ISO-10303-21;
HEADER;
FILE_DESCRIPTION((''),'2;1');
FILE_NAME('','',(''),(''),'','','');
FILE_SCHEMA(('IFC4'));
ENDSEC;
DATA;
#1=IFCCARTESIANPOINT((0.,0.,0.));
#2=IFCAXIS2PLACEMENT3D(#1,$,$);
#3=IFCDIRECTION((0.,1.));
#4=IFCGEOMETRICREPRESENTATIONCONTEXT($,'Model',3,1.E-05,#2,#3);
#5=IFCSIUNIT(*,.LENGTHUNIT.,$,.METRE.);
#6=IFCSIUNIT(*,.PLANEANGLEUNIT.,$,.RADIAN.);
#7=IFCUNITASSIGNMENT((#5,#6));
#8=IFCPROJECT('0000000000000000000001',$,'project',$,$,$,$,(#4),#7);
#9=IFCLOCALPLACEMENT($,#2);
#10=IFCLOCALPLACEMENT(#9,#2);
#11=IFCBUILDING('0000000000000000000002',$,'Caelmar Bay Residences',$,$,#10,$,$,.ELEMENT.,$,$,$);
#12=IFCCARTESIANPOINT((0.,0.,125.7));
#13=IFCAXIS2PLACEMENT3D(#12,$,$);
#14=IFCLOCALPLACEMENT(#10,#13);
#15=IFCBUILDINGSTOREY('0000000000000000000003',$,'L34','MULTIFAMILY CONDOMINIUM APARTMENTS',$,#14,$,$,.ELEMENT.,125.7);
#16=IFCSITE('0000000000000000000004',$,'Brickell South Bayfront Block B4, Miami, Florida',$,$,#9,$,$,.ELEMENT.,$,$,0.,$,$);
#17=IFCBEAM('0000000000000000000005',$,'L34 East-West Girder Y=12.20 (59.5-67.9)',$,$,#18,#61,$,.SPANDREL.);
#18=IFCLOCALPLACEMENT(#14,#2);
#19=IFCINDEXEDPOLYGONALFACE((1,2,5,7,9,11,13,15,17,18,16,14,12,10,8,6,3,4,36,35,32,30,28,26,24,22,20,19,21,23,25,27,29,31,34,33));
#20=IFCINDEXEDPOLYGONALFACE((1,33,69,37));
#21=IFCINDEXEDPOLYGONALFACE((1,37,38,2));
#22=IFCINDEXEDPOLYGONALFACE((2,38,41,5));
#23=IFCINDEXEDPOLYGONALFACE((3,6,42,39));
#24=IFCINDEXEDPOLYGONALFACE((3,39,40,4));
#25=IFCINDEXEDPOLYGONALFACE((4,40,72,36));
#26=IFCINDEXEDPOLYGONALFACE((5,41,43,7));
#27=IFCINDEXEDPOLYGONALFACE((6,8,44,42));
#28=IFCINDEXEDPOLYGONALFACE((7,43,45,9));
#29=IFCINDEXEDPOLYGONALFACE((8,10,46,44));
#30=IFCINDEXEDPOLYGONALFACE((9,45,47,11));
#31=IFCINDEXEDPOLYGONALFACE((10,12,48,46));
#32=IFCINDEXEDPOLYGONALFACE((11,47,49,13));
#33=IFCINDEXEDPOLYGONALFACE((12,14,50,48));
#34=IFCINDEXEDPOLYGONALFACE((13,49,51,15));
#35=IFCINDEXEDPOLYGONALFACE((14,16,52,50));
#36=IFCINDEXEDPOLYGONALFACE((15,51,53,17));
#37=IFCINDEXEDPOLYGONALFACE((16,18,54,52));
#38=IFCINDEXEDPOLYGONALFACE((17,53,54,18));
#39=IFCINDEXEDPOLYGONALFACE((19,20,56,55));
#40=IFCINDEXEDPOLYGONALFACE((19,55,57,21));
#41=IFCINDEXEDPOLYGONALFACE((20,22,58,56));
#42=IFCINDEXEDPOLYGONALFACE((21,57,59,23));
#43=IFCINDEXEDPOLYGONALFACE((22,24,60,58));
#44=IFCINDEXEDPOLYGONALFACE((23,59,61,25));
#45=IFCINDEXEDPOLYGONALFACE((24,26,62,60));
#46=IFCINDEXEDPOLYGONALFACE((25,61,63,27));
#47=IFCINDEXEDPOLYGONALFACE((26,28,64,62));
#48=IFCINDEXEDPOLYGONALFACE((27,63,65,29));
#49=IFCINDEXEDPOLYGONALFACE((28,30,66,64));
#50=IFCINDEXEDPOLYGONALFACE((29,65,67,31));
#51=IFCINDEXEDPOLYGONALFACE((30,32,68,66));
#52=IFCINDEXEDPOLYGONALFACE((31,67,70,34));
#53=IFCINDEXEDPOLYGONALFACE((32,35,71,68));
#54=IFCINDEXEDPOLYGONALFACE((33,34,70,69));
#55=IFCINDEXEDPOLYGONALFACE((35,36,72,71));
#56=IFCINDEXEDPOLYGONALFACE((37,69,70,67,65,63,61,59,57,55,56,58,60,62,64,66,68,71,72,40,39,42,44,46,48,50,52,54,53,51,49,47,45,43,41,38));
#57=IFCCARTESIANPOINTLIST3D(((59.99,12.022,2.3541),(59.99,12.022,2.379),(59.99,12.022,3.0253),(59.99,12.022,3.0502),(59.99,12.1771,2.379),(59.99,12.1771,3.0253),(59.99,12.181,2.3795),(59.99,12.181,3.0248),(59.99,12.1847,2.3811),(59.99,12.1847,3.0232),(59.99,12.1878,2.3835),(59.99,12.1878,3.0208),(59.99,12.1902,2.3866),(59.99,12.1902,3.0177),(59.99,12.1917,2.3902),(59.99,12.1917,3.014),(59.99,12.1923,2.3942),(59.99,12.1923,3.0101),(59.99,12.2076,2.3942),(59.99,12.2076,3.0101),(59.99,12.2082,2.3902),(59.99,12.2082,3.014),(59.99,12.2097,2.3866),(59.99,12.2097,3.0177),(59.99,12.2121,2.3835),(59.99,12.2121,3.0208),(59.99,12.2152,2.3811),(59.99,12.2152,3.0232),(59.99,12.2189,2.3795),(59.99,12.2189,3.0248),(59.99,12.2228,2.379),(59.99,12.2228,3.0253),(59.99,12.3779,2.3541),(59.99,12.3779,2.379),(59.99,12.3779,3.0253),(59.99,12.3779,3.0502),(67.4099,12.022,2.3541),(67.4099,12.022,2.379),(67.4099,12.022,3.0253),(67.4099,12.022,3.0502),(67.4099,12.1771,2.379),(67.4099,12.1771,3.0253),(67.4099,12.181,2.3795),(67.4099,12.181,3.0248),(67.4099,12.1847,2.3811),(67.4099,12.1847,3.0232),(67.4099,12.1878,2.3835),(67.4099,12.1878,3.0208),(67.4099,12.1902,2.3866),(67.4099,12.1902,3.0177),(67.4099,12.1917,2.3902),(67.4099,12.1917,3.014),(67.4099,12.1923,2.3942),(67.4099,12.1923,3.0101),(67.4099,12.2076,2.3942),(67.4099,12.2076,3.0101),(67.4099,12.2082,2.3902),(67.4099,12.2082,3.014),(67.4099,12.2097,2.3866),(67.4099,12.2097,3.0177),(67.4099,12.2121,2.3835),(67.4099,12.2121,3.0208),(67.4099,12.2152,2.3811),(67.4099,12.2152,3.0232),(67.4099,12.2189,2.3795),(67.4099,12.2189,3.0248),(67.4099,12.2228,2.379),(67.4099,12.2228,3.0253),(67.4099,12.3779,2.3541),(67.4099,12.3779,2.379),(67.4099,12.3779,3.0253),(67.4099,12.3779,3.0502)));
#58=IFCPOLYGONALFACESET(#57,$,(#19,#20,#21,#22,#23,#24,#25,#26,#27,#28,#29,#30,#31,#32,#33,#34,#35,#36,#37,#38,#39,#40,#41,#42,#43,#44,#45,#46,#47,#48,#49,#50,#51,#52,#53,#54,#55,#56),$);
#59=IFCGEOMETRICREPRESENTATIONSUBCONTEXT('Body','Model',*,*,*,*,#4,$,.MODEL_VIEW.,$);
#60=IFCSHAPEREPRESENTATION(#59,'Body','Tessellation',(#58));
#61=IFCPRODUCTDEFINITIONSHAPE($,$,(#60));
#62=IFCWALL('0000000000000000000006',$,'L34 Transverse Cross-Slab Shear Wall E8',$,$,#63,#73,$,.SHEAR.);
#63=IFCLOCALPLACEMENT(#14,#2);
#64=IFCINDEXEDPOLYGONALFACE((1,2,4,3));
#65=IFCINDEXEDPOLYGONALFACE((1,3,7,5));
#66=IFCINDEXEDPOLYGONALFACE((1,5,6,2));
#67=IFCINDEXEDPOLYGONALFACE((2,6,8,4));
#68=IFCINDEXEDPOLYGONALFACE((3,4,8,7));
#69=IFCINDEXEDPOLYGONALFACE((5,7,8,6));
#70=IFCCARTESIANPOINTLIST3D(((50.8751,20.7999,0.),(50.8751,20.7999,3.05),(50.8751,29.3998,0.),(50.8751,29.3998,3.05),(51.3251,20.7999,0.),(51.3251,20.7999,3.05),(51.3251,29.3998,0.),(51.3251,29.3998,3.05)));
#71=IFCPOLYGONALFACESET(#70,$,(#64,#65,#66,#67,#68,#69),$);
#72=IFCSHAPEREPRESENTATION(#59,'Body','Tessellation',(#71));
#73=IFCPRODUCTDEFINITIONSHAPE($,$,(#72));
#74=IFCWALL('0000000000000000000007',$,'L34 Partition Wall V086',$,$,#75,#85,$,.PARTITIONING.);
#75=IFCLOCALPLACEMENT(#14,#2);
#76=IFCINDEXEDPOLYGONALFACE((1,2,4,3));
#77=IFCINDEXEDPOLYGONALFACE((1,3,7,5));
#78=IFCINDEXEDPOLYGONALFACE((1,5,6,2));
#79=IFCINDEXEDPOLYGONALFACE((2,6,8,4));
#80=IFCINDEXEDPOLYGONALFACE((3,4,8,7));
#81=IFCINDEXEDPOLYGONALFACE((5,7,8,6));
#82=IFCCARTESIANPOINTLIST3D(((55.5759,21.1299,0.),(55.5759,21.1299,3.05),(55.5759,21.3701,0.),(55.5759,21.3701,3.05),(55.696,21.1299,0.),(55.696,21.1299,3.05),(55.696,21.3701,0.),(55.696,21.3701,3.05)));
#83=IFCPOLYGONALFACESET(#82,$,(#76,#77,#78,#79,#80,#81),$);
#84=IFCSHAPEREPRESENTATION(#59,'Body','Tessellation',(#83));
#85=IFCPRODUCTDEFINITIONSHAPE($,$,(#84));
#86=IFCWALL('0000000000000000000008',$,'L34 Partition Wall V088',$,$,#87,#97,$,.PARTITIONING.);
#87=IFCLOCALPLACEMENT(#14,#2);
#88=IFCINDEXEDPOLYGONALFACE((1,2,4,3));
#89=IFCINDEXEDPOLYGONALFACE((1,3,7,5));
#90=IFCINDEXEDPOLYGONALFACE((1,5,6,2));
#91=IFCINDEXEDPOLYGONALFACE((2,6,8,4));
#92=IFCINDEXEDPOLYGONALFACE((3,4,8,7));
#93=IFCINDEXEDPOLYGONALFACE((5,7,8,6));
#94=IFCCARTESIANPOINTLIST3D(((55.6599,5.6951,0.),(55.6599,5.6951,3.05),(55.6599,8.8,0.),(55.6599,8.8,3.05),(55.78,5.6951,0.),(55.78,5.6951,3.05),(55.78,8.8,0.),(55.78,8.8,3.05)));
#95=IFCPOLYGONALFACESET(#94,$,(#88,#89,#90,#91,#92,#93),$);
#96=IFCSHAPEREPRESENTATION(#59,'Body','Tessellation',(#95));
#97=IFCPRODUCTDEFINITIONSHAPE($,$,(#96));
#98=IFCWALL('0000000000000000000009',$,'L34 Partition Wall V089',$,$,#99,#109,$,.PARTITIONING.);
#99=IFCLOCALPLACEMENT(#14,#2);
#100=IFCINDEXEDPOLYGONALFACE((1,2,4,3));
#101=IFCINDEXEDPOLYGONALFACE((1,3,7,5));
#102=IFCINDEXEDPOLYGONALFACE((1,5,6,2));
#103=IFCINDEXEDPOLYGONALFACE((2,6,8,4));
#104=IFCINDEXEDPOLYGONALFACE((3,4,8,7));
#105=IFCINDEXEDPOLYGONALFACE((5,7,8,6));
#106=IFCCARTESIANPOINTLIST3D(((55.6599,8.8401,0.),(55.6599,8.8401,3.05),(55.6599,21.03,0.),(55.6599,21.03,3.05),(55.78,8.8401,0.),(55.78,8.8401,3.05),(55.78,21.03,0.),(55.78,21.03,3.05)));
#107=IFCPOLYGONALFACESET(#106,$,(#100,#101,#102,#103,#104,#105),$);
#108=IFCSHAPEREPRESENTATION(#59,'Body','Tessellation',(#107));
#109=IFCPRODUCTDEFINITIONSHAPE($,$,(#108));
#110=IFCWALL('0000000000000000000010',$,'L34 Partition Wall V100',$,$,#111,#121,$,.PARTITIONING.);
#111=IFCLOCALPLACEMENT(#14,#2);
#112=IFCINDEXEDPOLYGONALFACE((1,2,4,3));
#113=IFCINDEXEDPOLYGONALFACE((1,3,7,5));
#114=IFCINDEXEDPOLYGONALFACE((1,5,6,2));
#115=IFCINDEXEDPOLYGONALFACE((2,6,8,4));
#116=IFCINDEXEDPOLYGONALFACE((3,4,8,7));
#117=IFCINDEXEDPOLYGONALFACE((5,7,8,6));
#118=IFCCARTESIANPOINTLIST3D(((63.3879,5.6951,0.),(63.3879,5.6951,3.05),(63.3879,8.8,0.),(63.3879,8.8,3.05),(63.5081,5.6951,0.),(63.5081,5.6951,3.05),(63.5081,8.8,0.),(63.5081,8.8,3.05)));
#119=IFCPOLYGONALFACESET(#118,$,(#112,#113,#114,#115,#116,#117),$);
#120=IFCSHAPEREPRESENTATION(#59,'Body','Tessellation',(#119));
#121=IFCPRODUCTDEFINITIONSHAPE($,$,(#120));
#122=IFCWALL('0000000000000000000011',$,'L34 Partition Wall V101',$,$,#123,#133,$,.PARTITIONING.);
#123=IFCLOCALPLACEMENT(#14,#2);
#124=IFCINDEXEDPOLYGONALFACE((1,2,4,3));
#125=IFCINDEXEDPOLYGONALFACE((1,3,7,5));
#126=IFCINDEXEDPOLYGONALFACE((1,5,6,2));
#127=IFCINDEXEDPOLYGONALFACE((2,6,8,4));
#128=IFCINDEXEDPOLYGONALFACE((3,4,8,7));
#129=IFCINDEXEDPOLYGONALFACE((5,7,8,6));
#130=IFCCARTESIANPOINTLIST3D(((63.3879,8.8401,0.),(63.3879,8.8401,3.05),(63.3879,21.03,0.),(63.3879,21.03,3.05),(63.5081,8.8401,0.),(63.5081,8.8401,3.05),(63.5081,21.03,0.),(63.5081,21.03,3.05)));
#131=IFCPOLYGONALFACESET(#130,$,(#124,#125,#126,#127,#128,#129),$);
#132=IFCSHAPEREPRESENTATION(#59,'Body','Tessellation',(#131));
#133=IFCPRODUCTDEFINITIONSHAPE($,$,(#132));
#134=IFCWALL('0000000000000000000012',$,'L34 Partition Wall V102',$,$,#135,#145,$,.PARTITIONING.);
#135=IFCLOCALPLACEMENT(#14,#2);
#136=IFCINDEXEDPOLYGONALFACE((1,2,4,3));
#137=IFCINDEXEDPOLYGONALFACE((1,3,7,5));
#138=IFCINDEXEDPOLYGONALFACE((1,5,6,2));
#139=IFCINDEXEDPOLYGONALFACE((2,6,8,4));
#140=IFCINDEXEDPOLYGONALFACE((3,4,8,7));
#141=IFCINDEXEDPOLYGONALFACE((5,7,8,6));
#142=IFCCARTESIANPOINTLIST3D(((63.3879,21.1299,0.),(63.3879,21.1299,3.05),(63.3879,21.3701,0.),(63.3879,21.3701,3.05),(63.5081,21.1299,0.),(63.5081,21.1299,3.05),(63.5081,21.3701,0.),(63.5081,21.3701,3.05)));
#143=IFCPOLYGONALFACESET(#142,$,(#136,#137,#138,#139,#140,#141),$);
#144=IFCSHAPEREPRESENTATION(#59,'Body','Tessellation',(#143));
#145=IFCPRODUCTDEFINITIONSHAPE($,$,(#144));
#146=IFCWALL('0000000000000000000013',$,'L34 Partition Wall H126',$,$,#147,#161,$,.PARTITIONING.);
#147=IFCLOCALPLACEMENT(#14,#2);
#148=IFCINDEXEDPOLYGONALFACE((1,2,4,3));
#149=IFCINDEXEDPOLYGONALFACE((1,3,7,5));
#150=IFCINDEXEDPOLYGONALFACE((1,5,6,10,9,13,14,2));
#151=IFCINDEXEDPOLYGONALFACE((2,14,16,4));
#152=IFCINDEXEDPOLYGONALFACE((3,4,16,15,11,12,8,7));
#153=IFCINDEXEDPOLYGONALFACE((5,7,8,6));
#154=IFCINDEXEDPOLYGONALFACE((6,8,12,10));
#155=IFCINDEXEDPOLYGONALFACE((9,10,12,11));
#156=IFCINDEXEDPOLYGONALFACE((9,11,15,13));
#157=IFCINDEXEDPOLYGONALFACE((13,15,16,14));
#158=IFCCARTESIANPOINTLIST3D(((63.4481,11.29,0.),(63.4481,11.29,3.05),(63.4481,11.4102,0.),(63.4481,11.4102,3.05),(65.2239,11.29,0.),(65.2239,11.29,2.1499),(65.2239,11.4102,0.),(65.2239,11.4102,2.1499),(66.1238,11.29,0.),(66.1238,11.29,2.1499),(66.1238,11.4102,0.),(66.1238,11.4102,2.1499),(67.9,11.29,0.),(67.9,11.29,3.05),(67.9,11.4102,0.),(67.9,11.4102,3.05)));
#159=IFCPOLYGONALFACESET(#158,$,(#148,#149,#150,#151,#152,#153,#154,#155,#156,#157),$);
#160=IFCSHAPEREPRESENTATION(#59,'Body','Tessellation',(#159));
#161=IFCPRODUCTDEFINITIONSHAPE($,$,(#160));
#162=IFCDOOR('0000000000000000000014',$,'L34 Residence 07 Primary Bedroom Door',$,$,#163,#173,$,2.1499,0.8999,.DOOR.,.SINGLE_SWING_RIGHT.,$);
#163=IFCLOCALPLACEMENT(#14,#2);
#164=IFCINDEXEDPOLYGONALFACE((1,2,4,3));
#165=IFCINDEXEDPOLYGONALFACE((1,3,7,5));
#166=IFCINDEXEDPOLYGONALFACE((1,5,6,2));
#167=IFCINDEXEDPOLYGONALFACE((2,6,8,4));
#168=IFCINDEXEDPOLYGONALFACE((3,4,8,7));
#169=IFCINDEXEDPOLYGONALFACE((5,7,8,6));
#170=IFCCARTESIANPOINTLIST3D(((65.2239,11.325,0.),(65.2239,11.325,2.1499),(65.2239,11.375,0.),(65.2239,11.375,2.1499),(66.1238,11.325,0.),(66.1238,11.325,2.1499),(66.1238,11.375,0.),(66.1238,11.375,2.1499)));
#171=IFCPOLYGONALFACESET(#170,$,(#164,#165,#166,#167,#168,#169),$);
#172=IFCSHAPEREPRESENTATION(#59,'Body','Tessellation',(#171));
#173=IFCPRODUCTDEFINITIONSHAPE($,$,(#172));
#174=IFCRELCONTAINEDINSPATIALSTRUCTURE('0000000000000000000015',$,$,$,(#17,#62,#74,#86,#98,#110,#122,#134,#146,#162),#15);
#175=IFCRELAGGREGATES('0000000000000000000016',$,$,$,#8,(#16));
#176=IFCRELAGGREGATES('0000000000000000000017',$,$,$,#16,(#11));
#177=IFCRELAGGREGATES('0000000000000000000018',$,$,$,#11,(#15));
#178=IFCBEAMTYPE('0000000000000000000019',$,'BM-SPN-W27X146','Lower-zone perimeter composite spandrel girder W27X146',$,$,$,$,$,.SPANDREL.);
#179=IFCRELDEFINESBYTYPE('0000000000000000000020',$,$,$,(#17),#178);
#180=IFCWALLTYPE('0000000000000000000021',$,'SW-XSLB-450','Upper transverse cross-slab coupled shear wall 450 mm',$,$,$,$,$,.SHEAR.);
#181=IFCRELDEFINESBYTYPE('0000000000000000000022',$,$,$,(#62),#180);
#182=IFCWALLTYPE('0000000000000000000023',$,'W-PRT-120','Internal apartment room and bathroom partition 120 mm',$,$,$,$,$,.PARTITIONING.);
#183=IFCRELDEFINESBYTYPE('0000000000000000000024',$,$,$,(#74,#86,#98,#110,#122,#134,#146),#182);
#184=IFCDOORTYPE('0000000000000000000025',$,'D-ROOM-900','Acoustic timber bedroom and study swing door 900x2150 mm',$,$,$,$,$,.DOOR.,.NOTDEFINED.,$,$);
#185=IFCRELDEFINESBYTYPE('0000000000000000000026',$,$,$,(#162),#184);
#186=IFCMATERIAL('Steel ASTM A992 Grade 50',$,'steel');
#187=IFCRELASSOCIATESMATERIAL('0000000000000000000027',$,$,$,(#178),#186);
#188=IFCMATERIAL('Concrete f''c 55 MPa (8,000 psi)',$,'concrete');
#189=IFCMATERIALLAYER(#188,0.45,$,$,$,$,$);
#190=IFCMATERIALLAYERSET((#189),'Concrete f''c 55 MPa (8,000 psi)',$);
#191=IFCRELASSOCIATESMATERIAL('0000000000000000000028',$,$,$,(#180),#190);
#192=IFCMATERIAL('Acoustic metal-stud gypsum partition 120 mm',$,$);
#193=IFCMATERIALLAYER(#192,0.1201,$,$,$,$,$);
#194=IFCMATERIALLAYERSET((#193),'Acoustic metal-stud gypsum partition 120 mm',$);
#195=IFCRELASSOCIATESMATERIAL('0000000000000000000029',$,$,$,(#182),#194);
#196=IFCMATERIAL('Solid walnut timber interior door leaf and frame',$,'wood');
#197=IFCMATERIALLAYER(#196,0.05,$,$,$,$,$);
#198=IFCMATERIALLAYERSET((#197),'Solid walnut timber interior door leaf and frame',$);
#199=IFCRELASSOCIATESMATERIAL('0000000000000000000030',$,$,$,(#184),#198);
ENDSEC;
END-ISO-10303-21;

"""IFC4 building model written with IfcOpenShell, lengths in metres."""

from ifc_helpers import new_model, si_unit, direction, frame, frame_2d, origin, origin_2d, place, context, subcontext, project, spatial, rectangle, i_section, extrude, material, layer, layer_set, material_profile, profile_set, type_object, element, fill, save


model = new_model("IFC4")

# Units and contexts
model_context = context("Model", 3, precision=1e-05, world=origin(), true_north=direction((0.0, 1.0)))
body_context = subcontext(model_context, "Body", "Model", "MODEL_VIEW")
ifc_project = project(units=[si_unit("LENGTHUNIT", "METRE"), si_unit("PLANEANGLEUNIT", "RADIAN")], contexts=[model_context])

# Site, building, storey
site_placement = place(None, origin())
site = spatial("IfcSite", under=ifc_project, at=site_placement, Name="Brickell South Bayfront Block B4, Miami, Florida", CompositionType="ELEMENT", RefElevation=0.0)
building_placement = place(site_placement, origin())
building = spatial("IfcBuilding", under=site, at=building_placement, Name="Caelmar Bay Residences", CompositionType="ELEMENT")
storey_placement = place(building_placement, frame((0.0, 0.0, 125.7)))
storey = spatial("IfcBuildingStorey", under=building, at=storey_placement, Name="L34", Description="MULTIFAMILY CONDOMINIUM APARTMENTS", CompositionType="ELEMENT", Elevation=125.7)

# Beam
ifc_material_1 = material(Name="Steel ASTM A992 Grade 50", Category="steel")
ifc_material_profile_1 = material_profile(ifc_material_1, i_section(OverallWidth=0.356, OverallDepth=0.696, WebThickness=0.0154, FlangeThickness=0.0249, FilletRadius=0.0151, at=origin_2d()), Name="W27X146")
ifc_profile_set_1 = profile_set([ifc_material_profile_1], Name="Steel ASTM A992 Grade 50")
beam_type_1 = type_object("IfcBeamType", Name="BM-SPN-W27X146", Description="Lower-zone perimeter composite spandrel girder W27X146", PredefinedType="SPANDREL", material=ifc_profile_set_1)
for number, where, z_axis, x_axis, name in (
    (1, (59.99, 12.2, 2.7021), (1.0, 0.0, 0.0), (0.0, 1.0, 0.0), "L34 East-West Girder Y=12.20 (59.5-67.9)"),
):
    element("IfcBeam", number, at=place(storey_placement, frame(where, z_axis=z_axis, x_axis=x_axis)), inside=storey, type_object=beam_type_1, Name=name, PredefinedType="SPANDREL", context=body_context, shape_type="SweptSolid", body=[
        extrude(i_section(OverallWidth=0.356, OverallDepth=0.696, WebThickness=0.0154, FlangeThickness=0.0249, FilletRadius=0.0151, at=origin_2d()), origin(), (0.0, 0.0, 1.0), 7.4199),
    ])

# Walls
ifc_material_2 = material(Name="Concrete f'c 55 MPa (8,000 psi)", Category="concrete")
ifc_layer_1 = layer(ifc_material_2, 0.45)
ifc_layer_set_1 = layer_set([ifc_layer_1], Name="Concrete f'c 55 MPa (8,000 psi)")
wall_type_1 = type_object("IfcWallType", Name="SW-XSLB-450", Description="Upper transverse cross-slab coupled shear wall 450 mm", PredefinedType="SHEAR", material=ifc_layer_set_1)
wall_1_placement = place(storey_placement, frame((51.1001, 20.8, 0.0), z_axis=(0.0, 0.0, 1.0), x_axis=(0.0, 1.0, 0.0)))
element("IfcWall", 2, at=wall_1_placement, inside=storey, type_object=wall_type_1, Name="L34 Transverse Cross-Slab Shear Wall E8", PredefinedType="SHEAR", context=body_context, shape_type="SweptSolid", body=[
    extrude(rectangle(XDim=8.5999, YDim=0.45, at=frame_2d((4.2998, 0.0))), origin(), (0.0, 0.0, 1.0), 3.05),
])
ifc_material_3 = material(Name="Acoustic metal-stud gypsum partition 120 mm")
ifc_layer_2 = layer(ifc_material_3, 0.1201)
ifc_layer_set_2 = layer_set([ifc_layer_2], Name="Acoustic metal-stud gypsum partition 120 mm")
wall_type_2 = type_object("IfcWallType", Name="W-PRT-120", Description="Internal apartment room and bathroom partition 120 mm", PredefinedType="PARTITIONING", material=ifc_layer_set_2)
wall_2_placement = place(storey_placement, frame((55.636, 21.1299, 0.0), z_axis=(0.0, 0.0, 1.0), x_axis=(0.0, 1.0, 0.0)))
element("IfcWall", 3, at=wall_2_placement, inside=storey, type_object=wall_type_2, Name="L34 Partition Wall V086", PredefinedType="PARTITIONING", context=body_context, shape_type="SweptSolid", body=[
    extrude(rectangle(XDim=0.2402, YDim=0.1201, at=frame_2d((0.1201, 0.0))), origin(), (0.0, 0.0, 1.0), 3.05),
])
wall_3_placement = place(storey_placement, frame((55.72, 5.6951, 0.0), z_axis=(0.0, 0.0, 1.0), x_axis=(0.0, 1.0, 0.0)))
element("IfcWall", 4, at=wall_3_placement, inside=storey, type_object=wall_type_2, Name="L34 Partition Wall V088", PredefinedType="PARTITIONING", context=body_context, shape_type="SweptSolid", body=[
    extrude(rectangle(XDim=3.105, YDim=0.1201, at=frame_2d((1.5525, 0.0))), origin(), (0.0, 0.0, 1.0), 3.05),
])
wall_4_placement = place(storey_placement, frame((55.72, 8.8401, 0.0), z_axis=(0.0, 0.0, 1.0), x_axis=(0.0, 1.0, 0.0)))
element("IfcWall", 5, at=wall_4_placement, inside=storey, type_object=wall_type_2, Name="L34 Partition Wall V089", PredefinedType="PARTITIONING", context=body_context, shape_type="SweptSolid", body=[
    extrude(rectangle(XDim=12.1899, YDim=0.1201, at=frame_2d((6.095, 0.0))), origin(), (0.0, 0.0, 1.0), 3.05),
])
wall_5_placement = place(storey_placement, frame((63.448, 5.6951, 0.0), z_axis=(0.0, 0.0, 1.0), x_axis=(0.0, 1.0, 0.0)))
element("IfcWall", 6, at=wall_5_placement, inside=storey, type_object=wall_type_2, Name="L34 Partition Wall V100", PredefinedType="PARTITIONING", context=body_context, shape_type="SweptSolid", body=[
    extrude(rectangle(XDim=3.105, YDim=0.1201, at=frame_2d((1.5525, 0.0))), origin(), (0.0, 0.0, 1.0), 3.05),
])
wall_6_placement = place(storey_placement, frame((63.448, 8.8401, 0.0), z_axis=(0.0, 0.0, 1.0), x_axis=(0.0, 1.0, 0.0)))
element("IfcWall", 7, at=wall_6_placement, inside=storey, type_object=wall_type_2, Name="L34 Partition Wall V101", PredefinedType="PARTITIONING", context=body_context, shape_type="SweptSolid", body=[
    extrude(rectangle(XDim=12.1899, YDim=0.1201, at=frame_2d((6.095, 0.0))), origin(), (0.0, 0.0, 1.0), 3.05),
])
wall_7_placement = place(storey_placement, frame((63.448, 21.1299, 0.0), z_axis=(0.0, 0.0, 1.0), x_axis=(0.0, 1.0, 0.0)))
element("IfcWall", 8, at=wall_7_placement, inside=storey, type_object=wall_type_2, Name="L34 Partition Wall V102", PredefinedType="PARTITIONING", context=body_context, shape_type="SweptSolid", body=[
    extrude(rectangle(XDim=0.2402, YDim=0.1201, at=frame_2d((0.1201, 0.0))), origin(), (0.0, 0.0, 1.0), 3.05),
])

# Wall, opening, door
ifc_material_4 = material(Name="Solid walnut timber interior door leaf and frame", Category="wood")
ifc_layer_3 = layer(ifc_material_4, 0.05)
ifc_layer_set_3 = layer_set([ifc_layer_3], Name="Solid walnut timber interior door leaf and frame")
door_type = type_object("IfcDoorType", Name="D-ROOM-900", Description="Acoustic timber bedroom and study swing door 900x2150 mm", OperationType="NOTDEFINED", PredefinedType="DOOR", material=ifc_layer_set_3)
wall_8_placement = place(storey_placement, frame((63.448, 11.3501, 0.0), z_axis=(0.0, 0.0, 1.0), x_axis=(1.0, 0.0, 0.0)))
wall_8 = element("IfcWall", 9, at=wall_8_placement, inside=storey, type_object=wall_type_2, Name="L34 Partition Wall H126", PredefinedType="PARTITIONING", context=body_context, shape_type="SweptSolid", body=[
    extrude(rectangle(XDim=4.4519, YDim=0.1201, at=frame_2d((2.2261, 0.0))), origin(), (0.0, 0.0, 1.0), 3.05),
])
opening_1_placement = place(wall_8_placement, frame((1.7759, 0.0, 0.0)))
opening_1 = element("IfcOpeningElement", 10, at=opening_1_placement, cuts=wall_8, PredefinedType="OPENING", context=body_context, shape_type="SweptSolid", body=[
    extrude(rectangle(XDim=0.8999, YDim=2.1499, at=frame_2d((0.45, 1.075))), frame((0.0, 0.0701, 0.0), z_axis=(0.0, -1.0, 0.0), x_axis=(1.0, 0.0, 0.0)), (0.0, 0.0, 1.0), 0.1401),
])
door_1_placement = place(opening_1_placement, origin())
door_1 = element("IfcDoor", 11, at=door_1_placement, inside=storey, type_object=door_type, Name="L34 Residence 07 Primary Bedroom Door", OperationType="SINGLE_SWING_RIGHT", OverallHeight=2.1499, OverallWidth=0.8999, PredefinedType="DOOR", context=body_context, shape_type="SweptSolid", body=[
    extrude(rectangle(XDim=0.8999, YDim=2.1499, at=frame_2d((0.45, 1.075))), frame((0.0, 0.0249, 0.0), z_axis=(0.0, -1.0, 0.0), x_axis=(1.0, 0.0, 0.0)), (0.0, 0.0, 1.0), 0.05),
])
fill(opening_1, door_1)

save(model, "model.ifc")
